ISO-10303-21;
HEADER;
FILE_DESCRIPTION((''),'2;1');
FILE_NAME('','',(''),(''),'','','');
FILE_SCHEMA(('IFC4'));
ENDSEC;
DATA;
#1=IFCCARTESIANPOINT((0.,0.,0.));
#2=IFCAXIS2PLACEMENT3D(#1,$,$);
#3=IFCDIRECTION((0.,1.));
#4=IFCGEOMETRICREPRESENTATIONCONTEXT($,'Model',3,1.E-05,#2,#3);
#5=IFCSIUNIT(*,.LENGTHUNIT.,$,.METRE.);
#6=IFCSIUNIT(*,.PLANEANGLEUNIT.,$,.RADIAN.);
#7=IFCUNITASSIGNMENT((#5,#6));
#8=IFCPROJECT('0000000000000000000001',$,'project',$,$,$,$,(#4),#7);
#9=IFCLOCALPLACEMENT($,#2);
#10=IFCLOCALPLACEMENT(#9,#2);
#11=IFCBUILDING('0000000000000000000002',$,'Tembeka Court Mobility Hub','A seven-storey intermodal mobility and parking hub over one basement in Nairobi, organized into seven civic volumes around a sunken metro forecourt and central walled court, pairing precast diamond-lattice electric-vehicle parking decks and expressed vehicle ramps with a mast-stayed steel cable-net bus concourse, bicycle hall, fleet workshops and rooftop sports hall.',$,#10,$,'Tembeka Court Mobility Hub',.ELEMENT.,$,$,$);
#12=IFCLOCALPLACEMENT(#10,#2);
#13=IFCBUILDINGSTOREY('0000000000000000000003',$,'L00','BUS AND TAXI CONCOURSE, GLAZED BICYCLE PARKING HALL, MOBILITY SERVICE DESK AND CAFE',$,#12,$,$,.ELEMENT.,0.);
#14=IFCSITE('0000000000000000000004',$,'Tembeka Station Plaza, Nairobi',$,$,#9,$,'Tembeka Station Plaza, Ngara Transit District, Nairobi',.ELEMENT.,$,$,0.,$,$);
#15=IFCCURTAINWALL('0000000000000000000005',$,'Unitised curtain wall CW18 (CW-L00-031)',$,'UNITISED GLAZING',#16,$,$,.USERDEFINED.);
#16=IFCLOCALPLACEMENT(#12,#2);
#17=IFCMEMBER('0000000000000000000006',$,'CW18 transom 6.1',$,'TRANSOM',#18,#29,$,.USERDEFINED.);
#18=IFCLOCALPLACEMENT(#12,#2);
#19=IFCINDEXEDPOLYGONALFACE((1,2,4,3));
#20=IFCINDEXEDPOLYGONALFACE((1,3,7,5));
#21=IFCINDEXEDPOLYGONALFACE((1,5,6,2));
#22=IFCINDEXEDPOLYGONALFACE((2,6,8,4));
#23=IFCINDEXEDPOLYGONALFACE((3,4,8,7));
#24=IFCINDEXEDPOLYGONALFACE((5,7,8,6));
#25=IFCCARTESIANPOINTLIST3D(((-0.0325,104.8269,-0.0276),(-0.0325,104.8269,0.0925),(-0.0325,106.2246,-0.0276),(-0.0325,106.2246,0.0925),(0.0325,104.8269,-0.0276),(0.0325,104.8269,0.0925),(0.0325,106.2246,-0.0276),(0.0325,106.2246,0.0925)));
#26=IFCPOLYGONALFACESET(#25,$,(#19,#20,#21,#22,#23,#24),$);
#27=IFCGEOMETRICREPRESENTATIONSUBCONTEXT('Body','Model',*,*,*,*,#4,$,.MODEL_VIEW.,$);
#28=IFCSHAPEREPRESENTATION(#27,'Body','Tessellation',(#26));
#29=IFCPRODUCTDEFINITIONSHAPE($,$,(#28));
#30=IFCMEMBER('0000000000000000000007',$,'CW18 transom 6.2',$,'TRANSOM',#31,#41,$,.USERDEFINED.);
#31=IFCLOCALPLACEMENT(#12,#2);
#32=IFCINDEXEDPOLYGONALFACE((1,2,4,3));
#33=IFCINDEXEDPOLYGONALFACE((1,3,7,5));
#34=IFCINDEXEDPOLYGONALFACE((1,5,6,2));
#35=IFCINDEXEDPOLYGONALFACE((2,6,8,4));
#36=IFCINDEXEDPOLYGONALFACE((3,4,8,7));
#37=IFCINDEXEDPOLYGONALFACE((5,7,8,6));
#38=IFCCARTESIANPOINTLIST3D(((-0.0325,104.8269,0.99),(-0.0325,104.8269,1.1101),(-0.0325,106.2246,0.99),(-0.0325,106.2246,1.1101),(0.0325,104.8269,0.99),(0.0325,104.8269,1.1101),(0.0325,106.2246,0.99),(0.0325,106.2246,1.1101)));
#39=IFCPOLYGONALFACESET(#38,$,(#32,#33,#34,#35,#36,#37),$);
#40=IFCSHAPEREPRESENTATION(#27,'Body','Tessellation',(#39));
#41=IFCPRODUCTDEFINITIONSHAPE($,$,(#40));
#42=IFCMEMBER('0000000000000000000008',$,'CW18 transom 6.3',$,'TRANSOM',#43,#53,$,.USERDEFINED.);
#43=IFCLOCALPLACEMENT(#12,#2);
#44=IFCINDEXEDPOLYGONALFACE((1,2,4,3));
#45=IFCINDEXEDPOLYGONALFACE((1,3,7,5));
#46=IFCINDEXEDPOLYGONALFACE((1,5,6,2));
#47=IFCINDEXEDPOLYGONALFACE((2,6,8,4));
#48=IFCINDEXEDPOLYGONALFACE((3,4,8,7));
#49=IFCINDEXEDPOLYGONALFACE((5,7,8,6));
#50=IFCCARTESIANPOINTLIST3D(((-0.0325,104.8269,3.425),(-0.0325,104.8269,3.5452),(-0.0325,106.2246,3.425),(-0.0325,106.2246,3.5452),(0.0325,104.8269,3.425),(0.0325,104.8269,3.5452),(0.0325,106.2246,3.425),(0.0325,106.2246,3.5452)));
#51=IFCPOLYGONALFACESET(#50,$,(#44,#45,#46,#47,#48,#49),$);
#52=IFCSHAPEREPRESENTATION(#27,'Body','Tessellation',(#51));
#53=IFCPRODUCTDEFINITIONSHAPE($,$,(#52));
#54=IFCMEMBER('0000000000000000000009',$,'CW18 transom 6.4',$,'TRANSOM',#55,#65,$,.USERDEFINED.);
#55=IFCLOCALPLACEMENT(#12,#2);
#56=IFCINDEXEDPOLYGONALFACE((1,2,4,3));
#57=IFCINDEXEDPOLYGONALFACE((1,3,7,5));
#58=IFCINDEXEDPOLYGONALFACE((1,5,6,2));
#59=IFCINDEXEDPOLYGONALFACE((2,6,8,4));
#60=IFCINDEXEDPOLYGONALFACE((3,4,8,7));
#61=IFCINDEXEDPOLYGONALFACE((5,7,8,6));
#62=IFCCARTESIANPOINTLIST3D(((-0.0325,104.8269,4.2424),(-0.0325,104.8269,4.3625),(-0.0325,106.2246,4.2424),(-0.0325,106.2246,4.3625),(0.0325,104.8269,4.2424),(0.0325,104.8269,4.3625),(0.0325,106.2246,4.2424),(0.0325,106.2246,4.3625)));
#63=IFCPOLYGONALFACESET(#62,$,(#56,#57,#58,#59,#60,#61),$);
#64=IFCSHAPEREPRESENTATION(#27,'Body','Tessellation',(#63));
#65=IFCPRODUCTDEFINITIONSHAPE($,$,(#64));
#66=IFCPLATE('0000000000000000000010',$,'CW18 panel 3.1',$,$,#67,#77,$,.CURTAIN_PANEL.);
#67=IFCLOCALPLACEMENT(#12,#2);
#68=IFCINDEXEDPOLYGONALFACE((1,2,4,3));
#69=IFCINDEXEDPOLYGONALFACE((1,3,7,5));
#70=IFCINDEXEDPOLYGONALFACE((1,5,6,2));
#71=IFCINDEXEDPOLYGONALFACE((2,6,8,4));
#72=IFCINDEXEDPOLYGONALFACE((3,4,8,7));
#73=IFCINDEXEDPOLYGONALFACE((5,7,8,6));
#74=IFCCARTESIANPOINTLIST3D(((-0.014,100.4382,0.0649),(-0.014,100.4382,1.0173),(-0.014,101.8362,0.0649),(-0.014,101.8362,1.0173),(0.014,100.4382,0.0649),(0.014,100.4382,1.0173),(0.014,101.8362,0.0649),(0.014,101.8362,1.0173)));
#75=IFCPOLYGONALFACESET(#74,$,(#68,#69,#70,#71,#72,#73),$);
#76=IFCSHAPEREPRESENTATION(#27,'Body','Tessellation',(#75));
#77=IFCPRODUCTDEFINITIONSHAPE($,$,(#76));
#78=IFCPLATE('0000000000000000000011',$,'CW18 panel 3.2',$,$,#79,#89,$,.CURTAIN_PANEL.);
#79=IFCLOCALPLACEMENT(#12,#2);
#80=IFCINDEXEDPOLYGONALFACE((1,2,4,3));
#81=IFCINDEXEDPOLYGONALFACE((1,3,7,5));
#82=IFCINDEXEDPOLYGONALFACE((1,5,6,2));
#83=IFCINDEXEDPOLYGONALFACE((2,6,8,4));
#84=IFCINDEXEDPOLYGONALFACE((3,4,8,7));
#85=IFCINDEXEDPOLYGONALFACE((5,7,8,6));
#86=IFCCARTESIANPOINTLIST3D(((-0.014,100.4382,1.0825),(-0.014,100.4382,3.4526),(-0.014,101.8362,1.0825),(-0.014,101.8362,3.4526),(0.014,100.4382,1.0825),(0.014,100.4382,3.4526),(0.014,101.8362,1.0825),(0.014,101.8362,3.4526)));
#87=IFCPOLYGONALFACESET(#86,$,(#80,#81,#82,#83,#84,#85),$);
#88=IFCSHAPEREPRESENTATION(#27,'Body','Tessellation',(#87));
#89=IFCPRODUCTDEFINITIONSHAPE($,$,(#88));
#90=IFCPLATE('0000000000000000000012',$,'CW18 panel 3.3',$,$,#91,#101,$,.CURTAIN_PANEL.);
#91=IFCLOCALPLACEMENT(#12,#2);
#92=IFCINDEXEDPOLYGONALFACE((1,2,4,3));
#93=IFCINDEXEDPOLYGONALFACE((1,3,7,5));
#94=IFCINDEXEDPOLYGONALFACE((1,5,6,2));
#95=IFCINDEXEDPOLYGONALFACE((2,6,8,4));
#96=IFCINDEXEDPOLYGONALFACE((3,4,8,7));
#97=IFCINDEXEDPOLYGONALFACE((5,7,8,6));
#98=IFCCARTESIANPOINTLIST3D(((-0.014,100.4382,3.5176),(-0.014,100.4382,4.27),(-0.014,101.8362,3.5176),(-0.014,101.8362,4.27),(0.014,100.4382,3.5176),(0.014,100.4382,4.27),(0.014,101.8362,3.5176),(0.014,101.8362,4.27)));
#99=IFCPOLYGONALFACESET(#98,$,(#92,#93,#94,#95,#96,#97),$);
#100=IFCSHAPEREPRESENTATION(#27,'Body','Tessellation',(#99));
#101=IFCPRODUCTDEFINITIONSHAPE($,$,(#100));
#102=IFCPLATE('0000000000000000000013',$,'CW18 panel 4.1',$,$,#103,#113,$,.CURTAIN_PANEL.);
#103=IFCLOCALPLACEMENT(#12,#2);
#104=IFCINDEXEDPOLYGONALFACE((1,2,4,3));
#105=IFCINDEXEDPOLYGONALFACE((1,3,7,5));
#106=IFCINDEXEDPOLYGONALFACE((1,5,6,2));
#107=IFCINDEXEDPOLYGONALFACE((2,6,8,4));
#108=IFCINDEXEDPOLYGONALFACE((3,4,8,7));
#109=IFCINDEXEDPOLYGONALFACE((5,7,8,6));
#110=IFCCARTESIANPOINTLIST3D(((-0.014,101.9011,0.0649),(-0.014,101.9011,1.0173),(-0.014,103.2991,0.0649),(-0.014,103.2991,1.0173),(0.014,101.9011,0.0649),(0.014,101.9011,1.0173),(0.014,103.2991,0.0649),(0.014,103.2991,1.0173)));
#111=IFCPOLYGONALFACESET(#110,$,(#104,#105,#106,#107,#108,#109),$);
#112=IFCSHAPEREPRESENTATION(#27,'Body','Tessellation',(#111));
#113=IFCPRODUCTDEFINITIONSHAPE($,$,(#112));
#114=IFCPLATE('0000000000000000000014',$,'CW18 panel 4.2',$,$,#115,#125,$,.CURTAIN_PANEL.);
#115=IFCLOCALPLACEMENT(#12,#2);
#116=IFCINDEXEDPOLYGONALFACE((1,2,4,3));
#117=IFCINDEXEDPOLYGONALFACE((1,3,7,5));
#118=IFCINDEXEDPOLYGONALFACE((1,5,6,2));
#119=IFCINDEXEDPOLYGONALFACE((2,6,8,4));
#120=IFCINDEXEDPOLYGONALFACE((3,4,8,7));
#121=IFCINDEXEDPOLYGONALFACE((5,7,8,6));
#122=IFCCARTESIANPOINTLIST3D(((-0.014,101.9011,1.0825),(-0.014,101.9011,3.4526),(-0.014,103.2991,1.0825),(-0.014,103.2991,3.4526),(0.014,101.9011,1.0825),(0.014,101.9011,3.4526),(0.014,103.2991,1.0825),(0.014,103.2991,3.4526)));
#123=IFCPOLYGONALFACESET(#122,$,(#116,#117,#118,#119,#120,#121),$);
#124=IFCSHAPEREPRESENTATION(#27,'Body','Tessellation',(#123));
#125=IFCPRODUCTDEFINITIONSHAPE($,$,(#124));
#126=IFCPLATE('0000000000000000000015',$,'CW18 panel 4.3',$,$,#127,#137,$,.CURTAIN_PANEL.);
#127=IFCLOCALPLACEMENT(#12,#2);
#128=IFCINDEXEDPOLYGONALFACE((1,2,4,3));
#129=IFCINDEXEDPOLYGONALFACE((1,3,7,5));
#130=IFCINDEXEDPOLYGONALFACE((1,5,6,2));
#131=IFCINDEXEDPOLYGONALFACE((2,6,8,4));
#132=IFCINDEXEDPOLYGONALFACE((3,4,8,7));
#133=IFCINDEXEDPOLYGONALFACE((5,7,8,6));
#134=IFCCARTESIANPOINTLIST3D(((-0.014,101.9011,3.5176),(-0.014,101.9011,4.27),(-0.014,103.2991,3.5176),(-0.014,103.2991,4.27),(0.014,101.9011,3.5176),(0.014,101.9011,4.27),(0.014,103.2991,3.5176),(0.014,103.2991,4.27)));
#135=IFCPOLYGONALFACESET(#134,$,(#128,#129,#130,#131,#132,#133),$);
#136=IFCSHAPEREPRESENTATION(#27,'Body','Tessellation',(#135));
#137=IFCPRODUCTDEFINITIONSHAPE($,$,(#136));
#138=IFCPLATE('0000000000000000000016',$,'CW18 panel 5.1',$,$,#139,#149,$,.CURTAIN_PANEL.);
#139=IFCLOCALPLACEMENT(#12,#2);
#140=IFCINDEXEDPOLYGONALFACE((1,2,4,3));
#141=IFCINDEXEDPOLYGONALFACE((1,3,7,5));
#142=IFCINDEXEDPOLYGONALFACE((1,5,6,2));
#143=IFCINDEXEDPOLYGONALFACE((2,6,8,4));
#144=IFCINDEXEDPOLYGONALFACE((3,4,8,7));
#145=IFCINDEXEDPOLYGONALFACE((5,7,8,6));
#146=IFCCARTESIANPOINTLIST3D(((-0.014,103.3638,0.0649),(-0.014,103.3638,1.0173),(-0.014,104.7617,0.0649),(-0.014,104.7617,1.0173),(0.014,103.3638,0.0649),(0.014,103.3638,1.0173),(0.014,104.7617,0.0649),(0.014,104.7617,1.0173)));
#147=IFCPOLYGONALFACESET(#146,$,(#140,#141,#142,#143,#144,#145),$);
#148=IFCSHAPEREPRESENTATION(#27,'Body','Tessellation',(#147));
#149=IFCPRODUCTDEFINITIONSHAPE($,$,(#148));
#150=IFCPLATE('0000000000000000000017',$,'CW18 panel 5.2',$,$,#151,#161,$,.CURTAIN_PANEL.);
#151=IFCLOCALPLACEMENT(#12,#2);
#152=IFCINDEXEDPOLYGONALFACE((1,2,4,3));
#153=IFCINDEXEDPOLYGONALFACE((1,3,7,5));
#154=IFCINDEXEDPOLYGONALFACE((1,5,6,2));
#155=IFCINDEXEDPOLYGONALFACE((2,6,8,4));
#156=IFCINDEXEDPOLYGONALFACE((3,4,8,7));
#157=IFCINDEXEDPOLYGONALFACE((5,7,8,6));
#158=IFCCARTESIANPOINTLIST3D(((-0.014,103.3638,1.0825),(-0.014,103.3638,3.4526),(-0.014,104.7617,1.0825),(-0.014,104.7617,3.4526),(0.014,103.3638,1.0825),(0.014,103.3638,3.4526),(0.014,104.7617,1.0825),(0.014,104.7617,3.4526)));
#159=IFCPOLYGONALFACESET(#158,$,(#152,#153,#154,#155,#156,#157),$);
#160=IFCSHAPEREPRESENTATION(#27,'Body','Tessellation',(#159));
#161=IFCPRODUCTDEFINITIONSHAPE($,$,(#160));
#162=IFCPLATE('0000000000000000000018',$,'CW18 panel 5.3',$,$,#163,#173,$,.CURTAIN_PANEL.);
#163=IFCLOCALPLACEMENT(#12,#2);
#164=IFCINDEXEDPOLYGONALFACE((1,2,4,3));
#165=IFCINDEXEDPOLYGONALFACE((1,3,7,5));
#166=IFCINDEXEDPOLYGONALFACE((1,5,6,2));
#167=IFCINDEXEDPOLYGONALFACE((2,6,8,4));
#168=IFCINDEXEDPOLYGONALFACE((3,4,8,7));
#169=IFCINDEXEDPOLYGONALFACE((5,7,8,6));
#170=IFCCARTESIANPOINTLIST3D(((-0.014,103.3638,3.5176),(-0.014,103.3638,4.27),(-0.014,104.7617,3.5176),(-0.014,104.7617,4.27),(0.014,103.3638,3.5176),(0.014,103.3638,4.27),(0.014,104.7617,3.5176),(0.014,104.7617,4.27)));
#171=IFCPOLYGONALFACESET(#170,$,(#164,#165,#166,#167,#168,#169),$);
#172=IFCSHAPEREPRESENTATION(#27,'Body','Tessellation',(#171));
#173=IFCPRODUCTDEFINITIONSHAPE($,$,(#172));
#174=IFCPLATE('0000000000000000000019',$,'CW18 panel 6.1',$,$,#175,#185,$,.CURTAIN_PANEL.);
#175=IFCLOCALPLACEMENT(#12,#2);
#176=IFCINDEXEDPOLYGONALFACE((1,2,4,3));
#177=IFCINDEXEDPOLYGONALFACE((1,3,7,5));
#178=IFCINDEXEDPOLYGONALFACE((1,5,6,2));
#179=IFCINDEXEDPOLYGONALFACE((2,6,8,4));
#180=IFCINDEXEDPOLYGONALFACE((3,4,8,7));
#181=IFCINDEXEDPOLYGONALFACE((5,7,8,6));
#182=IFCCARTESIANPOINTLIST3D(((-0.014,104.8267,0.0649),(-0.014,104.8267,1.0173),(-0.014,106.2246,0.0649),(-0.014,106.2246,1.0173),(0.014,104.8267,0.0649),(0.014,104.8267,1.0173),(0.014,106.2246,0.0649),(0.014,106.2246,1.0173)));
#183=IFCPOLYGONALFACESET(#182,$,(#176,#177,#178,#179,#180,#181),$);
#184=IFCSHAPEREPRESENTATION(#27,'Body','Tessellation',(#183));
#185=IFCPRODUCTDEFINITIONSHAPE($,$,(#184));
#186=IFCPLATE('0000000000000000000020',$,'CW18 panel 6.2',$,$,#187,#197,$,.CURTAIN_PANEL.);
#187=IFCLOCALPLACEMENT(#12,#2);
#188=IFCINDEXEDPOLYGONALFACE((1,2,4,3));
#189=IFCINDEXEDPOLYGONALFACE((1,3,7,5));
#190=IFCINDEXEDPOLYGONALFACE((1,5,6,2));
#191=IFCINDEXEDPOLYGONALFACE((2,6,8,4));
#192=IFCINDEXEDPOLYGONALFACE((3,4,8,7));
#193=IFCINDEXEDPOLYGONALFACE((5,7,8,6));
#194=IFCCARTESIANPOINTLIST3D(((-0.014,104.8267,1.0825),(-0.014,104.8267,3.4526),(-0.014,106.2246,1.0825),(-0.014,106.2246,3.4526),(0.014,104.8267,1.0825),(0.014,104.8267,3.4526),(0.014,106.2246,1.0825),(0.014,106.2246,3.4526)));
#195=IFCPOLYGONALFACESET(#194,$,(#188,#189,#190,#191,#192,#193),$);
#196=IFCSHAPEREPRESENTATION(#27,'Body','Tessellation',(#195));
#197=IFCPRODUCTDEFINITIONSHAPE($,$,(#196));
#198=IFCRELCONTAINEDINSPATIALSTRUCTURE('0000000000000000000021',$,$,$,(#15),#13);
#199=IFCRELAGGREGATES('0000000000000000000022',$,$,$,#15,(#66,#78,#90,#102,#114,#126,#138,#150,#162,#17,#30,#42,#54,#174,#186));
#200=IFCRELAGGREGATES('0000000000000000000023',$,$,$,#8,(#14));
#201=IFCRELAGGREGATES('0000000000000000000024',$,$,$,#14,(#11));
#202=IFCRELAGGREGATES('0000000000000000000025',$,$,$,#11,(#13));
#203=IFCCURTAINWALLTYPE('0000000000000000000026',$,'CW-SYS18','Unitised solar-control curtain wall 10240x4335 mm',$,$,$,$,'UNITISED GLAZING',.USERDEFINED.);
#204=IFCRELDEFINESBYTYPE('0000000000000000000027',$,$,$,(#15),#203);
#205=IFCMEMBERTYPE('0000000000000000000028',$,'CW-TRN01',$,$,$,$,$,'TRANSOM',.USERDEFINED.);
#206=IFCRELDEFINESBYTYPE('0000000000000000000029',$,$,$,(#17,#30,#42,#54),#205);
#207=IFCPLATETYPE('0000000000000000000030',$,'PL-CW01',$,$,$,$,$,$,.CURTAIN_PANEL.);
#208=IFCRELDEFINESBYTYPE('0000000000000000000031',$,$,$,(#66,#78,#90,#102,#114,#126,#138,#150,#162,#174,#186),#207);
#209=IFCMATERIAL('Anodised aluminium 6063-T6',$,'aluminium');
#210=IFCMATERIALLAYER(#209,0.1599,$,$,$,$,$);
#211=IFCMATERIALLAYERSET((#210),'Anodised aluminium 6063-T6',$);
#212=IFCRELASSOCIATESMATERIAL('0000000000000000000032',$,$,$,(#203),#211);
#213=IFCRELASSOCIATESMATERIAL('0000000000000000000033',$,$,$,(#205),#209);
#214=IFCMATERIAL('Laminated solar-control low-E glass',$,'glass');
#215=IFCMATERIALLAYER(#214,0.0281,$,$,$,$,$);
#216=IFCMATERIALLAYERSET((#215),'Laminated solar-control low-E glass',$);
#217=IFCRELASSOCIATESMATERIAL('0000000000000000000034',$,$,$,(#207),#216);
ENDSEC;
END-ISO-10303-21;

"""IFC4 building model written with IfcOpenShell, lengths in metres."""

from ifc_helpers import new_model, si_unit, direction, frame, origin, origin_2d, place, context, subcontext, project, spatial, rectangle, extrude, material, layer, layer_set, material_profile, profile_set, type_object, element, aggregate, save


model = new_model("IFC4")

# Units and contexts
model_context = context("Model", 3, precision=1e-05, world=origin(), true_north=direction((0.0, 1.0)))
body_context = subcontext(model_context, "Body", "Model", "MODEL_VIEW")
ifc_project = project(units=[si_unit("LENGTHUNIT", "METRE"), si_unit("PLANEANGLEUNIT", "RADIAN")], contexts=[model_context])

# Site, building, storey
site_placement = place(None, origin())
site = spatial("IfcSite", under=ifc_project, at=site_placement, Name="Tembeka Station Plaza, Nairobi", LongName="Tembeka Station Plaza, Ngara Transit District, Nairobi", CompositionType="ELEMENT", RefElevation=0.0)
building_placement = place(site_placement, origin())
building = spatial("IfcBuilding", under=site, at=building_placement, Name="Tembeka Court Mobility Hub", Description="A seven-storey intermodal mobility and parking hub over one basement in Nairobi, organized into seven civic volumes around a sunken metro forecourt and central walled court, pairing precast diamond-lattice electric-vehicle parking decks and expressed vehicle ramps with a mast-stayed steel cable-net bus concourse, bicycle hall, fleet workshops and rooftop sports hall.", LongName="Tembeka Court Mobility Hub", CompositionType="ELEMENT")
storey_placement = place(building_placement, origin())
storey = spatial("IfcBuildingStorey", under=building, at=storey_placement, Name="L00", Description="BUS AND TAXI CONCOURSE, GLAZED BICYCLE PARKING HALL, MOBILITY SERVICE DESK AND CAFE", CompositionType="ELEMENT", Elevation=0.0)

# Curtain wall, members, plates
ifc_material_1 = material(Name="Anodised aluminium 6063-T6", Category="aluminium")
ifc_layer_1 = layer(ifc_material_1, 0.1599)
ifc_layer_set_1 = layer_set([ifc_layer_1], Name="Anodised aluminium 6063-T6")
curtain_wall_type = type_object("IfcCurtainWallType", Name="CW-SYS18", Description="Unitised solar-control curtain wall 10240x4335 mm", ElementType="UNITISED GLAZING", PredefinedType="USERDEFINED", material=ifc_layer_set_1)
curtain_wall_placement = place(storey_placement, origin())
curtain_wall = element("IfcCurtainWall", 1, at=curtain_wall_placement, inside=storey, type_object=curtain_wall_type, Name="Unitised curtain wall CW18 (CW-L00-031)", ObjectType="UNITISED GLAZING", PredefinedType="USERDEFINED")
ifc_material_profile_1 = material_profile(ifc_material_1, rectangle(XDim=0.0649, YDim=0.1201, at=origin_2d()), Name="ALU-TRN 65x120")
ifc_profile_set_1 = profile_set([ifc_material_profile_1], Name="Anodised aluminium 6063-T6")
member_type_1 = type_object("IfcMemberType", Name="CW-TRN01", ElementType="TRANSOM", PredefinedType="USERDEFINED", material=ifc_profile_set_1)
member_1_placement = place(storey_placement, frame((0.0, 104.8269, 0.0325), z_axis=(0.0, 1.0, 0.0), x_axis=(-1.0, 0.0, 0.0)))
member_1 = element("IfcMember", 2, at=member_1_placement, type_object=member_type_1, Name="CW18 transom 6.1", ObjectType="TRANSOM", PredefinedType="USERDEFINED", context=body_context, shape_type="SweptSolid", body=[
    extrude(rectangle(XDim=0.0649, YDim=0.1201, at=origin_2d()), origin(), (0.0, 0.0, 1.0), 1.3977),
])
member_2_placement = place(storey_placement, frame((0.0, 104.8269, 1.05), z_axis=(0.0, 1.0, 0.0), x_axis=(-1.0, 0.0, 0.0)))
member_2 = element("IfcMember", 3, at=member_2_placement, type_object=member_type_1, Name="CW18 transom 6.2", ObjectType="TRANSOM", PredefinedType="USERDEFINED", context=body_context, shape_type="SweptSolid", body=[
    extrude(rectangle(XDim=0.0649, YDim=0.1201, at=origin_2d()), origin(), (0.0, 0.0, 1.0), 1.3977),
])
member_3_placement = place(storey_placement, frame((0.0, 104.8269, 3.4851), z_axis=(0.0, 1.0, 0.0), x_axis=(-1.0, 0.0, 0.0)))
member_3 = element("IfcMember", 4, at=member_3_placement, type_object=member_type_1, Name="CW18 transom 6.3", ObjectType="TRANSOM", PredefinedType="USERDEFINED", context=body_context, shape_type="SweptSolid", body=[
    extrude(rectangle(XDim=0.0649, YDim=0.1201, at=origin_2d()), origin(), (0.0, 0.0, 1.0), 1.3977),
])
member_4_placement = place(storey_placement, frame((0.0, 104.8269, 4.3025), z_axis=(0.0, 1.0, 0.0), x_axis=(-1.0, 0.0, 0.0)))
member_4 = element("IfcMember", 5, at=member_4_placement, type_object=member_type_1, Name="CW18 transom 6.4", ObjectType="TRANSOM", PredefinedType="USERDEFINED", context=body_context, shape_type="SweptSolid", body=[
    extrude(rectangle(XDim=0.0649, YDim=0.1201, at=origin_2d()), origin(), (0.0, 0.0, 1.0), 1.3977),
])
ifc_material_2 = material(Name="Laminated solar-control low-E glass", Category="glass")
ifc_layer_2 = layer(ifc_material_2, 0.0281)
ifc_layer_set_2 = layer_set([ifc_layer_2], Name="Laminated solar-control low-E glass")
plate_type = type_object("IfcPlateType", Name="PL-CW01", PredefinedType="CURTAIN_PANEL", material=ifc_layer_set_2)
plate_1_placement = place(storey_placement, frame((0.0, 101.1372, 0.0649), z_axis=(0.0, 0.0, 1.0), x_axis=(0.0, 1.0, 0.0)))
plate_1 = element("IfcPlate", 6, at=plate_1_placement, type_object=plate_type, Name="CW18 panel 3.1", PredefinedType="CURTAIN_PANEL", context=body_context, shape_type="SweptSolid", body=[
    extrude(rectangle(XDim=1.3979, YDim=0.0281, at=origin_2d()), origin(), (0.0, 0.0, 1.0), 0.9524),
])
plate_2_placement = place(storey_placement, frame((0.0, 101.1372, 1.0825), z_axis=(0.0, 0.0, 1.0), x_axis=(0.0, 1.0, 0.0)))
plate_2 = element("IfcPlate", 7, at=plate_2_placement, type_object=plate_type, Name="CW18 panel 3.2", PredefinedType="CURTAIN_PANEL", context=body_context, shape_type="SweptSolid", body=[
    extrude(rectangle(XDim=1.3979, YDim=0.0281, at=origin_2d()), origin(), (0.0, 0.0, 1.0), 2.3701),
])
plate_3_placement = place(storey_placement, frame((0.0, 101.1372, 3.5176), z_axis=(0.0, 0.0, 1.0), x_axis=(0.0, 1.0, 0.0)))
plate_3 = element("IfcPlate", 8, at=plate_3_placement, type_object=plate_type, Name="CW18 panel 3.3", PredefinedType="CURTAIN_PANEL", context=body_context, shape_type="SweptSolid", body=[
    extrude(rectangle(XDim=1.3979, YDim=0.0281, at=origin_2d()), origin(), (0.0, 0.0, 1.0), 0.7524),
])
plate_4_placement = place(storey_placement, frame((0.0, 102.6001, 0.0649), z_axis=(0.0, 0.0, 1.0), x_axis=(0.0, 1.0, 0.0)))
plate_4 = element("IfcPlate", 9, at=plate_4_placement, type_object=plate_type, Name="CW18 panel 4.1", PredefinedType="CURTAIN_PANEL", context=body_context, shape_type="SweptSolid", body=[
    extrude(rectangle(XDim=1.3979, YDim=0.0281, at=origin_2d()), origin(), (0.0, 0.0, 1.0), 0.9524),
])
plate_5_placement = place(storey_placement, frame((0.0, 102.6001, 1.0825), z_axis=(0.0, 0.0, 1.0), x_axis=(0.0, 1.0, 0.0)))
plate_5 = element("IfcPlate", 10, at=plate_5_placement, type_object=plate_type, Name="CW18 panel 4.2", PredefinedType="CURTAIN_PANEL", context=body_context, shape_type="SweptSolid", body=[
    extrude(rectangle(XDim=1.3979, YDim=0.0281, at=origin_2d()), origin(), (0.0, 0.0, 1.0), 2.3701),
])
plate_6_placement = place(storey_placement, frame((0.0, 102.6001, 3.5176), z_axis=(0.0, 0.0, 1.0), x_axis=(0.0, 1.0, 0.0)))
plate_6 = element("IfcPlate", 11, at=plate_6_placement, type_object=plate_type, Name="CW18 panel 4.3", PredefinedType="CURTAIN_PANEL", context=body_context, shape_type="SweptSolid", body=[
    extrude(rectangle(XDim=1.3979, YDim=0.0281, at=origin_2d()), origin(), (0.0, 0.0, 1.0), 0.7524),
])
plate_7_placement = place(storey_placement, frame((0.0, 104.0627, 0.0649), z_axis=(0.0, 0.0, 1.0), x_axis=(0.0, 1.0, 0.0)))
plate_7 = element("IfcPlate", 12, at=plate_7_placement, type_object=plate_type, Name="CW18 panel 5.1", PredefinedType="CURTAIN_PANEL", context=body_context, shape_type="SweptSolid", body=[
    extrude(rectangle(XDim=1.3979, YDim=0.0281, at=origin_2d()), origin(), (0.0, 0.0, 1.0), 0.9524),
])
plate_8_placement = place(storey_placement, frame((0.0, 104.0627, 1.0825), z_axis=(0.0, 0.0, 1.0), x_axis=(0.0, 1.0, 0.0)))
plate_8 = element("IfcPlate", 13, at=plate_8_placement, type_object=plate_type, Name="CW18 panel 5.2", PredefinedType="CURTAIN_PANEL", context=body_context, shape_type="SweptSolid", body=[
    extrude(rectangle(XDim=1.3979, YDim=0.0281, at=origin_2d()), origin(), (0.0, 0.0, 1.0), 2.3701),
])
plate_9_placement = place(storey_placement, frame((0.0, 104.0627, 3.5176), z_axis=(0.0, 0.0, 1.0), x_axis=(0.0, 1.0, 0.0)))
plate_9 = element("IfcPlate", 14, at=plate_9_placement, type_object=plate_type, Name="CW18 panel 5.3", PredefinedType="CURTAIN_PANEL", context=body_context, shape_type="SweptSolid", body=[
    extrude(rectangle(XDim=1.3979, YDim=0.0281, at=origin_2d()), origin(), (0.0, 0.0, 1.0), 0.7524),
])
plate_10_placement = place(storey_placement, frame((0.0, 105.5256, 0.0649), z_axis=(0.0, 0.0, 1.0), x_axis=(0.0, 1.0, 0.0)))
plate_10 = element("IfcPlate", 15, at=plate_10_placement, type_object=plate_type, Name="CW18 panel 6.1", PredefinedType="CURTAIN_PANEL", context=body_context, shape_type="SweptSolid", body=[
    extrude(rectangle(XDim=1.3979, YDim=0.0281, at=origin_2d()), origin(), (0.0, 0.0, 1.0), 0.9524),
])
plate_11_placement = place(storey_placement, frame((0.0, 105.5256, 1.0825), z_axis=(0.0, 0.0, 1.0), x_axis=(0.0, 1.0, 0.0)))
plate_11 = element("IfcPlate", 16, at=plate_11_placement, type_object=plate_type, Name="CW18 panel 6.2", PredefinedType="CURTAIN_PANEL", context=body_context, shape_type="SweptSolid", body=[
    extrude(rectangle(XDim=1.3979, YDim=0.0281, at=origin_2d()), origin(), (0.0, 0.0, 1.0), 2.3701),
])
aggregate(curtain_wall, [plate_1, plate_2, plate_3, plate_4, plate_5, plate_6, plate_7, plate_8, plate_9, member_1, member_2, member_3, member_4, plate_10, plate_11])

save(model, "model.ifc")
